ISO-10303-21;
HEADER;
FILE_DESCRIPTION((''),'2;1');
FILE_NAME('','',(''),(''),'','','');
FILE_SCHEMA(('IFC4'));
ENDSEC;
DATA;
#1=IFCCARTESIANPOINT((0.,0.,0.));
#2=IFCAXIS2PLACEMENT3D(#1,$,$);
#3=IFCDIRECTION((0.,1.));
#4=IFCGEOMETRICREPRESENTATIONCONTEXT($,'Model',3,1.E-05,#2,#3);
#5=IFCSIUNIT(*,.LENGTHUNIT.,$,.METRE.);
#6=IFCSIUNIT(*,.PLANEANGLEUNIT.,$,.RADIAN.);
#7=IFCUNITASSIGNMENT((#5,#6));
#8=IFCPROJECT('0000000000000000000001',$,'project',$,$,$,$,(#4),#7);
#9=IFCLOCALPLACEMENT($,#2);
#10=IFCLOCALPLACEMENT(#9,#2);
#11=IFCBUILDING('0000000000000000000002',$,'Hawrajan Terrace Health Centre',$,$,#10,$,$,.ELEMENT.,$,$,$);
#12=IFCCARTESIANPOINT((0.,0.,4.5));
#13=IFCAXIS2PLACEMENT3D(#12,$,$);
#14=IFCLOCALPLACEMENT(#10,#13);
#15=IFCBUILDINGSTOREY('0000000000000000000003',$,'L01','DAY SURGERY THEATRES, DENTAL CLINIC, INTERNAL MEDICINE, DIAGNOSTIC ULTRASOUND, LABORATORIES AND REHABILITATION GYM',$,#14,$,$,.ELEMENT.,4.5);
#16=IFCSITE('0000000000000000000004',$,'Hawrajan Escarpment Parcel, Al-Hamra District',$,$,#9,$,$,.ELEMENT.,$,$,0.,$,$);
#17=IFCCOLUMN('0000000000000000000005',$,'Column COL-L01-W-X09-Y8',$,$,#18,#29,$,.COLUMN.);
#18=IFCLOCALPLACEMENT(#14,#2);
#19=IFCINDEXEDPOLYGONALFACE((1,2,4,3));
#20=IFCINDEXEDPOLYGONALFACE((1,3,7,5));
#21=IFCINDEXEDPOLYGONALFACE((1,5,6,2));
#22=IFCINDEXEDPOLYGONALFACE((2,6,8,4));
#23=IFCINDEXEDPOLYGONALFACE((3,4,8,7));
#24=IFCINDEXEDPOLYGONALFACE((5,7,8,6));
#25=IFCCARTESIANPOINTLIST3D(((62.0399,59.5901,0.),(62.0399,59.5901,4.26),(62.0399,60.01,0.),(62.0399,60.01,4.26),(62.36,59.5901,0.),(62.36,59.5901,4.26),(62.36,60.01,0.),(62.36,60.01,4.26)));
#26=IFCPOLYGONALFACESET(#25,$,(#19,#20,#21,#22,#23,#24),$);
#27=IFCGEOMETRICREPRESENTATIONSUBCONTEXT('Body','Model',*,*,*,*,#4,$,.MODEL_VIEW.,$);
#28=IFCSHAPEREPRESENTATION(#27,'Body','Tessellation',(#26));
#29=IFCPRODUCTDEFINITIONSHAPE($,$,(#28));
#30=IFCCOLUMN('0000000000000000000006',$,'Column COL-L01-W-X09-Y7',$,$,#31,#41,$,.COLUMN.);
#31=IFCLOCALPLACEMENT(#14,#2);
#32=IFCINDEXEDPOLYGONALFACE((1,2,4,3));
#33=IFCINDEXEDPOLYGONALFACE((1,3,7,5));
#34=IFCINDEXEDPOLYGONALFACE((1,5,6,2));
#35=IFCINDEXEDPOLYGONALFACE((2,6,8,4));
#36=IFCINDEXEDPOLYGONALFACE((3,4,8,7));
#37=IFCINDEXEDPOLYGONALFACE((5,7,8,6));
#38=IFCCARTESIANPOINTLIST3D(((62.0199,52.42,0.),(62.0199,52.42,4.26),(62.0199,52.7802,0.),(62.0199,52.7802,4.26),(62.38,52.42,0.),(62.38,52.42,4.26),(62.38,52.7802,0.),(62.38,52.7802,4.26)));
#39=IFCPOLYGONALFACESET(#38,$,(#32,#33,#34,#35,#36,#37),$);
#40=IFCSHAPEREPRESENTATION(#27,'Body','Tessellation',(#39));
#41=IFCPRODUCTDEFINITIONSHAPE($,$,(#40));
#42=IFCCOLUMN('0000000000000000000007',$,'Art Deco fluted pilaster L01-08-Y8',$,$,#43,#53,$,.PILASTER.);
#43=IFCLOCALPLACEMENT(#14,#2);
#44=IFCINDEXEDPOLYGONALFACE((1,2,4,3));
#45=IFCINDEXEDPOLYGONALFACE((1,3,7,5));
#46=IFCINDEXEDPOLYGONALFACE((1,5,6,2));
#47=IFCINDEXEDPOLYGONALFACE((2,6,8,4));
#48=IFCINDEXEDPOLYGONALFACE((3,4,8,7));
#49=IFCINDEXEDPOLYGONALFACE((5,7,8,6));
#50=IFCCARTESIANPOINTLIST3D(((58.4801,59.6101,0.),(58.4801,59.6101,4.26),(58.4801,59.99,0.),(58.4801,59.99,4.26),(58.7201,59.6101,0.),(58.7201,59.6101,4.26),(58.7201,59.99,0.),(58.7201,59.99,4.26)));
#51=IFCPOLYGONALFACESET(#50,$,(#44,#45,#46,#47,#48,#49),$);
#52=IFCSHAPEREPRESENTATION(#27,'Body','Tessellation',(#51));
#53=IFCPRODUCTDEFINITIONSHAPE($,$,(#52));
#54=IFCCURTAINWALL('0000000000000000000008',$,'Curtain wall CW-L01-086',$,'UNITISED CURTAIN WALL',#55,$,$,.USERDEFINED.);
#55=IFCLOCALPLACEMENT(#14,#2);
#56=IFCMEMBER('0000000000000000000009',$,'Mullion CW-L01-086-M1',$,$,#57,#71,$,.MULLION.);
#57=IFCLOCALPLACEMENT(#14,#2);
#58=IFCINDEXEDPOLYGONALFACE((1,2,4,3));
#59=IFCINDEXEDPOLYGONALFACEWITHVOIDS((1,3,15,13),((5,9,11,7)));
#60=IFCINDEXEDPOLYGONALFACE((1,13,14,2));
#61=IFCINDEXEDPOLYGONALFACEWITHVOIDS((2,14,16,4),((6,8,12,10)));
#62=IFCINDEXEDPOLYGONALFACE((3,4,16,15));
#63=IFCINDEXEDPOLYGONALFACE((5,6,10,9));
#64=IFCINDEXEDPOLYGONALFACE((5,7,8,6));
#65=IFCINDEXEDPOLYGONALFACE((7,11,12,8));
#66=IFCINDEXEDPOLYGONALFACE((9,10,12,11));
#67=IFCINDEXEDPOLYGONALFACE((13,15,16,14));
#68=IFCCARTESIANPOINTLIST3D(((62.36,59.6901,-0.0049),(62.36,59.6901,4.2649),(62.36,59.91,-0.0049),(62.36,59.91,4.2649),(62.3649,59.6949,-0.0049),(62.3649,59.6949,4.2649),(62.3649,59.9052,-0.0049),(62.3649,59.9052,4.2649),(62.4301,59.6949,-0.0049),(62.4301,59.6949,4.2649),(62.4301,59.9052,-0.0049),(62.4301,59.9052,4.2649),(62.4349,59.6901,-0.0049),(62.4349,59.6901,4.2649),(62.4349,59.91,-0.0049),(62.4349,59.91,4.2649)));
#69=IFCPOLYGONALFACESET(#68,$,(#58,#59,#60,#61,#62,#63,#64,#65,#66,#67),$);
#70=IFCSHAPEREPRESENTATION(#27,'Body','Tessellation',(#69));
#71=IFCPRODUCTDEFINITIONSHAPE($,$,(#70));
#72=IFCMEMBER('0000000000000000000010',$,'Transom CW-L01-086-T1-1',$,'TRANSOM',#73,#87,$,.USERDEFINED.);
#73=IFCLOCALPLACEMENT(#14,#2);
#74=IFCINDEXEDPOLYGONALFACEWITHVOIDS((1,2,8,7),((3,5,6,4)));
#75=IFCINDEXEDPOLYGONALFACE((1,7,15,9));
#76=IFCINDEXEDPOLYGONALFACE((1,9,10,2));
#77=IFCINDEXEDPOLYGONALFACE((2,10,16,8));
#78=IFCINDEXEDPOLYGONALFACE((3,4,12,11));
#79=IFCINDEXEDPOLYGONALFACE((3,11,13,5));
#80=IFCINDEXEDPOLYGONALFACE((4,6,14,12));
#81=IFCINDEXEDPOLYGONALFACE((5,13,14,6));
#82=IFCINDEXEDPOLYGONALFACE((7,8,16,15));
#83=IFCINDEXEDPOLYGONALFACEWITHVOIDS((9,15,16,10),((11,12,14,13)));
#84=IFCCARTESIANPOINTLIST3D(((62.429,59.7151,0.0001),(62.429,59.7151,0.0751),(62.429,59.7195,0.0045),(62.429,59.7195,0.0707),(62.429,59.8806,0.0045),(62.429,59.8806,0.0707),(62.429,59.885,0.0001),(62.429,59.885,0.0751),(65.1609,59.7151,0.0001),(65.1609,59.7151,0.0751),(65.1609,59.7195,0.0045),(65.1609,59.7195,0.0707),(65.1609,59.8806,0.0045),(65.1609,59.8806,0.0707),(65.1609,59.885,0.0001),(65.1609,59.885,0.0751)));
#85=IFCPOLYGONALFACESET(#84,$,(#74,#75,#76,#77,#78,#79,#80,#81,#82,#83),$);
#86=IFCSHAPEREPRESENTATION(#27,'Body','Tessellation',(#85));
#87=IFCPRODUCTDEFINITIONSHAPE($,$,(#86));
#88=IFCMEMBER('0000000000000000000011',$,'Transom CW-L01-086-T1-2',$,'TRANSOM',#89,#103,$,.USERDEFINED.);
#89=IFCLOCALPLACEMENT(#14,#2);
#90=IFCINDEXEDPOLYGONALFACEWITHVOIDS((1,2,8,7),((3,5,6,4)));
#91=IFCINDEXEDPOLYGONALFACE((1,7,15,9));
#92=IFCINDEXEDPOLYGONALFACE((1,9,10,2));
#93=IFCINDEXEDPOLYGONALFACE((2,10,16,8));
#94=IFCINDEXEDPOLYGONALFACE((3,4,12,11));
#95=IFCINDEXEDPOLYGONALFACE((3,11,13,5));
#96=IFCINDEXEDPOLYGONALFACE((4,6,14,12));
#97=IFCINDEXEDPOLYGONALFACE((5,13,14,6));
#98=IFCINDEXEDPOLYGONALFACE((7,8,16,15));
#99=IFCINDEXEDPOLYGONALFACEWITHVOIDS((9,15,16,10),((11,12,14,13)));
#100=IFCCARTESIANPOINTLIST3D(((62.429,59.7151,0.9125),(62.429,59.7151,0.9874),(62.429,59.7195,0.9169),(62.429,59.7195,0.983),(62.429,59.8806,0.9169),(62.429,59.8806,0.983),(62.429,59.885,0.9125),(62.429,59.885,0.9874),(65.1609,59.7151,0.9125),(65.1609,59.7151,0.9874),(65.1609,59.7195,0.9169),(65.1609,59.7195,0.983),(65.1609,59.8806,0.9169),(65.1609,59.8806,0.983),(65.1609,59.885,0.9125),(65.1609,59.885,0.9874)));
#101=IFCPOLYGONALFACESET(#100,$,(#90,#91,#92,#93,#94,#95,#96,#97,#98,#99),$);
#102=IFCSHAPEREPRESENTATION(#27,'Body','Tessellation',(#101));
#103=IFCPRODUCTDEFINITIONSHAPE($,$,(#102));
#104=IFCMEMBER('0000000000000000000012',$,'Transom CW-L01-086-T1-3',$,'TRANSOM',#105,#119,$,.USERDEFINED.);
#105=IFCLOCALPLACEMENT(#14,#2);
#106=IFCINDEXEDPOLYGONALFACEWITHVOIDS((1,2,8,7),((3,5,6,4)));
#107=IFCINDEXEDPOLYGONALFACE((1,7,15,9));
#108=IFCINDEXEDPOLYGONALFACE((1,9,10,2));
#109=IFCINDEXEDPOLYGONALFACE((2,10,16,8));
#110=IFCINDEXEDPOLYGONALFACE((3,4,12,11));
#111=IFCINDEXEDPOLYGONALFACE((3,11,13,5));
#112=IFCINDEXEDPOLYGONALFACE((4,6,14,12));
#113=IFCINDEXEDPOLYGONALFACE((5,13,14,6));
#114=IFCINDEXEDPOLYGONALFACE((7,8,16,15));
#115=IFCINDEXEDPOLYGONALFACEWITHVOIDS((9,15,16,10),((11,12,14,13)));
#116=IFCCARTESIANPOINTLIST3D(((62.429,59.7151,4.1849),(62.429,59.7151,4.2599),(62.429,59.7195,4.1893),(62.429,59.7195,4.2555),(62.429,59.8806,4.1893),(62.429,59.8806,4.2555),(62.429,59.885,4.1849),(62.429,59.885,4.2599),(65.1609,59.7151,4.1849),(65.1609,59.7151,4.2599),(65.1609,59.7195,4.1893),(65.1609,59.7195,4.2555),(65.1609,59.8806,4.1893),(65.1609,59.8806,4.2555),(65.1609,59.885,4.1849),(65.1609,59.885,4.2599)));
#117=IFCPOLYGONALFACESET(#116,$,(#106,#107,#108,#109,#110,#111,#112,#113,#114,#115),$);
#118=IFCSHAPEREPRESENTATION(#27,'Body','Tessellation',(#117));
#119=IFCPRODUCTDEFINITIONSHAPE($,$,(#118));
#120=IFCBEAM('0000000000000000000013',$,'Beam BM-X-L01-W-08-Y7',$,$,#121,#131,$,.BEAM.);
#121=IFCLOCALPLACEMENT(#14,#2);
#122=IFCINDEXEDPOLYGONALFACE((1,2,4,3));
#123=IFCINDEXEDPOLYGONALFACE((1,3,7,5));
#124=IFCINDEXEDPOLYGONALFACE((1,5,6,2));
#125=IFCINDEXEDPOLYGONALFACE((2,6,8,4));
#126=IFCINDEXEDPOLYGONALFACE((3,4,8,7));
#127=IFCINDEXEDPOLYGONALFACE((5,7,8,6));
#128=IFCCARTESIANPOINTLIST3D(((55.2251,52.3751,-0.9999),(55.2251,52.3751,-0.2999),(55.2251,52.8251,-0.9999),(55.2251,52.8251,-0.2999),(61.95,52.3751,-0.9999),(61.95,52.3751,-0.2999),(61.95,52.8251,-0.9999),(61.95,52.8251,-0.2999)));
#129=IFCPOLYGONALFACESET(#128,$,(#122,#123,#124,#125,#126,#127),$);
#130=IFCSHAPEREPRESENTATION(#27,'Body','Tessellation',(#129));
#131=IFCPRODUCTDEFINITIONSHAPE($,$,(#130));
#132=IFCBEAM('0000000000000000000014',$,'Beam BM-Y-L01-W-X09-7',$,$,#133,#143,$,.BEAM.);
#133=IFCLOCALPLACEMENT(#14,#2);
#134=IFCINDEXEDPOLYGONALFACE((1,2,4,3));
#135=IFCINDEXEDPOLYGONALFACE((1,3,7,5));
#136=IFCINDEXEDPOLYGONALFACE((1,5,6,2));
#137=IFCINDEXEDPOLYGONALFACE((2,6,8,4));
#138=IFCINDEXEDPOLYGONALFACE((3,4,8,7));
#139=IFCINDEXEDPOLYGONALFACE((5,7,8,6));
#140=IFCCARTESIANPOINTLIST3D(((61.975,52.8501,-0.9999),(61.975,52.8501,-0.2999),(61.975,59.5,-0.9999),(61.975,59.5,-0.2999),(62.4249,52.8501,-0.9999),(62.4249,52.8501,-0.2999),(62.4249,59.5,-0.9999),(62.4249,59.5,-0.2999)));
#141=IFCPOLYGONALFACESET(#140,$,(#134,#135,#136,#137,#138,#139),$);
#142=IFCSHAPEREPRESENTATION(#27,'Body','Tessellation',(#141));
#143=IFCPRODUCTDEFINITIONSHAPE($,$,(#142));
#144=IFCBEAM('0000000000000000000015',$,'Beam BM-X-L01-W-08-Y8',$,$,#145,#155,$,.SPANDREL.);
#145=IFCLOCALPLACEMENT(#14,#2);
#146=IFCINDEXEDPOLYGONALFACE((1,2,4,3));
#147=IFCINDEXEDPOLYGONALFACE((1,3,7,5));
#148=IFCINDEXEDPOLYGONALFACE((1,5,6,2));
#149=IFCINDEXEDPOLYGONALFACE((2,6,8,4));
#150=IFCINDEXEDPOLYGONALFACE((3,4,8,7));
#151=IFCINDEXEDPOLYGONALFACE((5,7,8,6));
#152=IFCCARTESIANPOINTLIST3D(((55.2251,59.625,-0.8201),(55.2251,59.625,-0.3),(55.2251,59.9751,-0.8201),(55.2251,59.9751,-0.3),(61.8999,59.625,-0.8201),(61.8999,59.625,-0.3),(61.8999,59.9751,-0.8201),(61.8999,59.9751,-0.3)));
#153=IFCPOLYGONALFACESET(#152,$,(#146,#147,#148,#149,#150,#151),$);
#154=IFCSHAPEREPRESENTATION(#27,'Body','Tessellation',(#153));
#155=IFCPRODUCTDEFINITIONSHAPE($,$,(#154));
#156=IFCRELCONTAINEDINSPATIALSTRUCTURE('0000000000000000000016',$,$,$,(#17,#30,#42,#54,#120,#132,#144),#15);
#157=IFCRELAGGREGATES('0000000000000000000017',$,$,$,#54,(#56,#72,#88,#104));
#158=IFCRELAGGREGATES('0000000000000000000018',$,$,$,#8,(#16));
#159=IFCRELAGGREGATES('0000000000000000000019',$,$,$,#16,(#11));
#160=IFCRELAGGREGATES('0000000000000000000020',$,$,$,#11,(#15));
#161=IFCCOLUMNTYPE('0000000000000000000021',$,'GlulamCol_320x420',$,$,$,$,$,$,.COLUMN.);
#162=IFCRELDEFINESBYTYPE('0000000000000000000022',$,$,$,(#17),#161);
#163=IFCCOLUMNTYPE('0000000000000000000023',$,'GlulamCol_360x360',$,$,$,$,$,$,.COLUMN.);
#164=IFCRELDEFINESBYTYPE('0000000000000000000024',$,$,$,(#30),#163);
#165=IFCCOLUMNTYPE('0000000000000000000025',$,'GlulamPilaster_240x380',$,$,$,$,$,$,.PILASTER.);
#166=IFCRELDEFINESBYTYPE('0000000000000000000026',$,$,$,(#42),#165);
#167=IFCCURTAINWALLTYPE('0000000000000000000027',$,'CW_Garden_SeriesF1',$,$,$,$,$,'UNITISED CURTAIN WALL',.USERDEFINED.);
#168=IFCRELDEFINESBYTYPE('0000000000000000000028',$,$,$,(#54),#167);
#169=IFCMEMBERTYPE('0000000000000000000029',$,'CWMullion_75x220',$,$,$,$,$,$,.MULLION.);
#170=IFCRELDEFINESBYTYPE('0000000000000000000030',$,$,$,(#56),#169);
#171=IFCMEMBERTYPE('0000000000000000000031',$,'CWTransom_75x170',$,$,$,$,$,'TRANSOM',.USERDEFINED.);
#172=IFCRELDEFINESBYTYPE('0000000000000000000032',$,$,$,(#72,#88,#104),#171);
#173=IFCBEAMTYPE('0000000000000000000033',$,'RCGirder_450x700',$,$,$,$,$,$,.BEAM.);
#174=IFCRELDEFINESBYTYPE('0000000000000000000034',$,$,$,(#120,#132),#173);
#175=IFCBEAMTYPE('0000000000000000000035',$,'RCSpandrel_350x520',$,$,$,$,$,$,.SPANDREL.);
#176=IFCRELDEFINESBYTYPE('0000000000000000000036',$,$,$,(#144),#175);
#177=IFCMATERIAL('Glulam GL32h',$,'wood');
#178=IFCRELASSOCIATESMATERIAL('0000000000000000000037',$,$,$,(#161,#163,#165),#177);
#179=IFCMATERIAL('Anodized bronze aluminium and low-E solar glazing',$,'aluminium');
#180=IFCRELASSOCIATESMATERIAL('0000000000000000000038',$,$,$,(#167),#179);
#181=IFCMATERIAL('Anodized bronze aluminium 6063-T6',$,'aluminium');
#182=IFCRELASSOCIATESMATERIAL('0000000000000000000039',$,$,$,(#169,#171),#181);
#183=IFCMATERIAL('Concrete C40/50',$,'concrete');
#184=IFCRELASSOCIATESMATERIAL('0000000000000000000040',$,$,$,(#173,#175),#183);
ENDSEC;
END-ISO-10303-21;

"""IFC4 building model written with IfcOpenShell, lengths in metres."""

from ifc_helpers import new_model, si_unit, direction, frame, origin, origin_2d, place, context, subcontext, project, spatial, rectangle, hollow_rectangle, extrude, material, material_profile, profile_set, type_object, element, aggregate, save


model = new_model("IFC4")

# Units and contexts
model_context = context("Model", 3, precision=1e-05, world=origin(), true_north=direction((0.0, 1.0)))
body_context = subcontext(model_context, "Body", "Model", "MODEL_VIEW")
ifc_project = project(units=[si_unit("LENGTHUNIT", "METRE"), si_unit("PLANEANGLEUNIT", "RADIAN")], contexts=[model_context])

# Site, building, storey
site_placement = place(None, origin())
site = spatial("IfcSite", under=ifc_project, at=site_placement, Name="Hawrajan Escarpment Parcel, Al-Hamra District", CompositionType="ELEMENT", RefElevation=0.0)
building_placement = place(site_placement, origin())
building = spatial("IfcBuilding", under=site, at=building_placement, Name="Hawrajan Terrace Health Centre", CompositionType="ELEMENT")
storey_placement = place(building_placement, frame((0.0, 0.0, 4.5)))
storey = spatial("IfcBuildingStorey", under=building, at=storey_placement, Name="L01", Description="DAY SURGERY THEATRES, DENTAL CLINIC, INTERNAL MEDICINE, DIAGNOSTIC ULTRASOUND, LABORATORIES AND REHABILITATION GYM", CompositionType="ELEMENT", Elevation=4.5)

# Columns
ifc_material_1 = material(Name="Glulam GL32h", Category="wood")
ifc_material_profile_1 = material_profile(ifc_material_1, rectangle(XDim=0.3201, YDim=0.4199, at=origin_2d()), Name="GL 320x420")
ifc_profile_set_1 = profile_set([ifc_material_profile_1], Name="Glulam GL32h")
column_type_1 = type_object("IfcColumnType", Name="GlulamCol_320x420", PredefinedType="COLUMN", material=ifc_profile_set_1)
column_1_placement = place(storey_placement, frame((62.2, 59.8, 0.0), z_axis=(0.0, 0.0, 1.0), x_axis=(1.0, 0.0, 0.0)))
element("IfcColumn", 1, at=column_1_placement, inside=storey, type_object=column_type_1, Name="Column COL-L01-W-X09-Y8", PredefinedType="COLUMN", context=body_context, shape_type="SweptSolid", body=[
    extrude(rectangle(XDim=0.3201, YDim=0.4199, at=origin_2d()), origin(), (0.0, 0.0, 1.0), 4.26),
])
ifc_material_profile_2 = material_profile(ifc_material_1, rectangle(XDim=0.3601, YDim=0.3601, at=origin_2d()), Name="GL 360x360")
ifc_profile_set_2 = profile_set([ifc_material_profile_2], Name="Glulam GL32h")
column_type_2 = type_object("IfcColumnType", Name="GlulamCol_360x360", PredefinedType="COLUMN", material=ifc_profile_set_2)
column_2_placement = place(storey_placement, frame((62.2, 52.6001, 0.0), z_axis=(0.0, 0.0, 1.0), x_axis=(1.0, 0.0, 0.0)))
element("IfcColumn", 2, at=column_2_placement, inside=storey, type_object=column_type_2, Name="Column COL-L01-W-X09-Y7", PredefinedType="COLUMN", context=body_context, shape_type="SweptSolid", body=[
    extrude(rectangle(XDim=0.3601, YDim=0.3601, at=origin_2d()), origin(), (0.0, 0.0, 1.0), 4.26),
])
ifc_material_profile_3 = material_profile(ifc_material_1, rectangle(XDim=0.24, YDim=0.3799, at=origin_2d()), Name="GL PIL 240x380")
ifc_profile_set_3 = profile_set([ifc_material_profile_3], Name="Glulam GL32h")
column_type_3 = type_object("IfcColumnType", Name="GlulamPilaster_240x380", PredefinedType="PILASTER", material=ifc_profile_set_3)
column_3_placement = place(storey_placement, frame((58.6001, 59.8, 0.0), z_axis=(0.0, 0.0, 1.0), x_axis=(1.0, 0.0, 0.0)))
element("IfcColumn", 3, at=column_3_placement, inside=storey, type_object=column_type_3, Name="Art Deco fluted pilaster L01-08-Y8", PredefinedType="PILASTER", context=body_context, shape_type="SweptSolid", body=[
    extrude(rectangle(XDim=0.24, YDim=0.3799, at=origin_2d()), origin(), (0.0, 0.0, 1.0), 4.26),
])

# Curtain wall, members
ifc_material_2 = material(Name="Anodized bronze aluminium and low-E solar glazing", Category="aluminium")
curtain_wall_type = type_object("IfcCurtainWallType", Name="CW_Garden_SeriesF1", ElementType="UNITISED CURTAIN WALL", PredefinedType="USERDEFINED", material=ifc_material_2)
curtain_wall_placement = place(storey_placement, origin())
curtain_wall = element("IfcCurtainWall", 4, at=curtain_wall_placement, inside=storey, type_object=curtain_wall_type, Name="Curtain wall CW-L01-086", ObjectType="UNITISED CURTAIN WALL", PredefinedType="USERDEFINED")
ifc_material_3 = material(Name="Anodized bronze aluminium 6063-T6", Category="aluminium")
ifc_material_profile_4 = material_profile(ifc_material_3, hollow_rectangle(XDim=0.075, YDim=0.22, WallThickness=0.0049, at=origin_2d()), Name="CW MUL 75x220")
ifc_profile_set_4 = profile_set([ifc_material_profile_4], Name="Anodized bronze aluminium 6063-T6")
member_type_1 = type_object("IfcMemberType", Name="CWMullion_75x220", PredefinedType="MULLION", material=ifc_profile_set_4)
member_1_placement = place(storey_placement, frame((62.3975, 59.8, -0.0049), z_axis=(0.0, 0.0, 1.0), x_axis=(1.0, 0.0, 0.0)))
member_1 = element("IfcMember", 5, at=member_1_placement, type_object=member_type_1, Name="Mullion CW-L01-086-M1", PredefinedType="MULLION", context=body_context, shape_type="SweptSolid", body=[
    extrude(hollow_rectangle(XDim=0.075, YDim=0.22, WallThickness=0.0049, at=origin_2d()), origin(), (0.0, 0.0, 1.0), 4.2698),
])
ifc_material_profile_5 = material_profile(ifc_material_3, hollow_rectangle(XDim=0.075, YDim=0.1699, WallThickness=0.0044, at=origin_2d()), Name="CW TRN 75x170")
ifc_profile_set_5 = profile_set([ifc_material_profile_5], Name="Anodized bronze aluminium 6063-T6")
member_type_2 = type_object("IfcMemberType", Name="CWTransom_75x170", ElementType="TRANSOM", PredefinedType="USERDEFINED", material=ifc_profile_set_5)
member_2_placement = place(storey_placement, frame((62.429, 59.8, 0.0376), z_axis=(1.0, 0.0, 0.0), x_axis=(0.0, 0.0, 1.0)))
member_2 = element("IfcMember", 6, at=member_2_placement, type_object=member_type_2, Name="Transom CW-L01-086-T1-1", ObjectType="TRANSOM", PredefinedType="USERDEFINED", context=body_context, shape_type="SweptSolid", body=[
    extrude(hollow_rectangle(XDim=0.075, YDim=0.1699, WallThickness=0.0044, at=origin_2d()), origin(), (0.0, 0.0, 1.0), 2.7319),
])
member_3_placement = place(storey_placement, frame((62.429, 59.8, 0.95), z_axis=(1.0, 0.0, 0.0), x_axis=(0.0, 0.0, 1.0)))
member_3 = element("IfcMember", 7, at=member_3_placement, type_object=member_type_2, Name="Transom CW-L01-086-T1-2", ObjectType="TRANSOM", PredefinedType="USERDEFINED", context=body_context, shape_type="SweptSolid", body=[
    extrude(hollow_rectangle(XDim=0.075, YDim=0.1699, WallThickness=0.0044, at=origin_2d()), origin(), (0.0, 0.0, 1.0), 2.7319),
])
member_4_placement = place(storey_placement, frame((62.429, 59.8, 4.2224), z_axis=(1.0, 0.0, 0.0), x_axis=(0.0, 0.0, 1.0)))
member_4 = element("IfcMember", 8, at=member_4_placement, type_object=member_type_2, Name="Transom CW-L01-086-T1-3", ObjectType="TRANSOM", PredefinedType="USERDEFINED", context=body_context, shape_type="SweptSolid", body=[
    extrude(hollow_rectangle(XDim=0.075, YDim=0.1699, WallThickness=0.0044, at=origin_2d()), origin(), (0.0, 0.0, 1.0), 2.7319),
])
aggregate(curtain_wall, [member_1, member_2, member_3, member_4])

# Beams
ifc_material_4 = material(Name="Concrete C40/50", Category="concrete")
ifc_material_profile_6 = material_profile(ifc_material_4, rectangle(XDim=0.45, YDim=0.7, at=origin_2d()), Name="RC BM 450x700")
ifc_profile_set_6 = profile_set([ifc_material_profile_6], Name="Concrete C40/50")
beam_type_1 = type_object("IfcBeamType", Name="RCGirder_450x700", PredefinedType="BEAM", material=ifc_profile_set_6)
beam_1_placement = place(storey_placement, frame((55.2251, 52.6001, -0.6499), z_axis=(1.0, 0.0, 0.0), x_axis=(0.0, 1.0, 0.0)))
element("IfcBeam", 9, at=beam_1_placement, inside=storey, type_object=beam_type_1, Name="Beam BM-X-L01-W-08-Y7", PredefinedType="BEAM", context=body_context, shape_type="SweptSolid", body=[
    extrude(rectangle(XDim=0.45, YDim=0.7, at=origin_2d()), origin(), (0.0, 0.0, 1.0), 6.7249),
])
beam_2_placement = place(storey_placement, frame((62.2, 52.8501, -0.6499), z_axis=(0.0, 1.0, 0.0), x_axis=(-1.0, 0.0, 0.0)))
element("IfcBeam", 10, at=beam_2_placement, inside=storey, type_object=beam_type_1, Name="Beam BM-Y-L01-W-X09-7", PredefinedType="BEAM", context=body_context, shape_type="SweptSolid", body=[
    extrude(rectangle(XDim=0.45, YDim=0.7, at=origin_2d()), origin(), (0.0, 0.0, 1.0), 6.6499),
])
ifc_material_profile_7 = material_profile(ifc_material_4, rectangle(XDim=0.3501, YDim=0.52, at=origin_2d()), Name="RC SP 350x520")
ifc_profile_set_7 = profile_set([ifc_material_profile_7], Name="Concrete C40/50")
beam_type_2 = type_object("IfcBeamType", Name="RCSpandrel_350x520", PredefinedType="SPANDREL", material=ifc_profile_set_7)
beam_3_placement = place(storey_placement, frame((55.2251, 59.8, -0.5601), z_axis=(1.0, 0.0, 0.0), x_axis=(0.0, 1.0, 0.0)))
element("IfcBeam", 11, at=beam_3_placement, inside=storey, type_object=beam_type_2, Name="Beam BM-X-L01-W-08-Y8", PredefinedType="SPANDREL", context=body_context, shape_type="SweptSolid", body=[
    extrude(rectangle(XDim=0.3501, YDim=0.52, at=origin_2d()), origin(), (0.0, 0.0, 1.0), 6.6748),
])

save(model, "model.ifc")
